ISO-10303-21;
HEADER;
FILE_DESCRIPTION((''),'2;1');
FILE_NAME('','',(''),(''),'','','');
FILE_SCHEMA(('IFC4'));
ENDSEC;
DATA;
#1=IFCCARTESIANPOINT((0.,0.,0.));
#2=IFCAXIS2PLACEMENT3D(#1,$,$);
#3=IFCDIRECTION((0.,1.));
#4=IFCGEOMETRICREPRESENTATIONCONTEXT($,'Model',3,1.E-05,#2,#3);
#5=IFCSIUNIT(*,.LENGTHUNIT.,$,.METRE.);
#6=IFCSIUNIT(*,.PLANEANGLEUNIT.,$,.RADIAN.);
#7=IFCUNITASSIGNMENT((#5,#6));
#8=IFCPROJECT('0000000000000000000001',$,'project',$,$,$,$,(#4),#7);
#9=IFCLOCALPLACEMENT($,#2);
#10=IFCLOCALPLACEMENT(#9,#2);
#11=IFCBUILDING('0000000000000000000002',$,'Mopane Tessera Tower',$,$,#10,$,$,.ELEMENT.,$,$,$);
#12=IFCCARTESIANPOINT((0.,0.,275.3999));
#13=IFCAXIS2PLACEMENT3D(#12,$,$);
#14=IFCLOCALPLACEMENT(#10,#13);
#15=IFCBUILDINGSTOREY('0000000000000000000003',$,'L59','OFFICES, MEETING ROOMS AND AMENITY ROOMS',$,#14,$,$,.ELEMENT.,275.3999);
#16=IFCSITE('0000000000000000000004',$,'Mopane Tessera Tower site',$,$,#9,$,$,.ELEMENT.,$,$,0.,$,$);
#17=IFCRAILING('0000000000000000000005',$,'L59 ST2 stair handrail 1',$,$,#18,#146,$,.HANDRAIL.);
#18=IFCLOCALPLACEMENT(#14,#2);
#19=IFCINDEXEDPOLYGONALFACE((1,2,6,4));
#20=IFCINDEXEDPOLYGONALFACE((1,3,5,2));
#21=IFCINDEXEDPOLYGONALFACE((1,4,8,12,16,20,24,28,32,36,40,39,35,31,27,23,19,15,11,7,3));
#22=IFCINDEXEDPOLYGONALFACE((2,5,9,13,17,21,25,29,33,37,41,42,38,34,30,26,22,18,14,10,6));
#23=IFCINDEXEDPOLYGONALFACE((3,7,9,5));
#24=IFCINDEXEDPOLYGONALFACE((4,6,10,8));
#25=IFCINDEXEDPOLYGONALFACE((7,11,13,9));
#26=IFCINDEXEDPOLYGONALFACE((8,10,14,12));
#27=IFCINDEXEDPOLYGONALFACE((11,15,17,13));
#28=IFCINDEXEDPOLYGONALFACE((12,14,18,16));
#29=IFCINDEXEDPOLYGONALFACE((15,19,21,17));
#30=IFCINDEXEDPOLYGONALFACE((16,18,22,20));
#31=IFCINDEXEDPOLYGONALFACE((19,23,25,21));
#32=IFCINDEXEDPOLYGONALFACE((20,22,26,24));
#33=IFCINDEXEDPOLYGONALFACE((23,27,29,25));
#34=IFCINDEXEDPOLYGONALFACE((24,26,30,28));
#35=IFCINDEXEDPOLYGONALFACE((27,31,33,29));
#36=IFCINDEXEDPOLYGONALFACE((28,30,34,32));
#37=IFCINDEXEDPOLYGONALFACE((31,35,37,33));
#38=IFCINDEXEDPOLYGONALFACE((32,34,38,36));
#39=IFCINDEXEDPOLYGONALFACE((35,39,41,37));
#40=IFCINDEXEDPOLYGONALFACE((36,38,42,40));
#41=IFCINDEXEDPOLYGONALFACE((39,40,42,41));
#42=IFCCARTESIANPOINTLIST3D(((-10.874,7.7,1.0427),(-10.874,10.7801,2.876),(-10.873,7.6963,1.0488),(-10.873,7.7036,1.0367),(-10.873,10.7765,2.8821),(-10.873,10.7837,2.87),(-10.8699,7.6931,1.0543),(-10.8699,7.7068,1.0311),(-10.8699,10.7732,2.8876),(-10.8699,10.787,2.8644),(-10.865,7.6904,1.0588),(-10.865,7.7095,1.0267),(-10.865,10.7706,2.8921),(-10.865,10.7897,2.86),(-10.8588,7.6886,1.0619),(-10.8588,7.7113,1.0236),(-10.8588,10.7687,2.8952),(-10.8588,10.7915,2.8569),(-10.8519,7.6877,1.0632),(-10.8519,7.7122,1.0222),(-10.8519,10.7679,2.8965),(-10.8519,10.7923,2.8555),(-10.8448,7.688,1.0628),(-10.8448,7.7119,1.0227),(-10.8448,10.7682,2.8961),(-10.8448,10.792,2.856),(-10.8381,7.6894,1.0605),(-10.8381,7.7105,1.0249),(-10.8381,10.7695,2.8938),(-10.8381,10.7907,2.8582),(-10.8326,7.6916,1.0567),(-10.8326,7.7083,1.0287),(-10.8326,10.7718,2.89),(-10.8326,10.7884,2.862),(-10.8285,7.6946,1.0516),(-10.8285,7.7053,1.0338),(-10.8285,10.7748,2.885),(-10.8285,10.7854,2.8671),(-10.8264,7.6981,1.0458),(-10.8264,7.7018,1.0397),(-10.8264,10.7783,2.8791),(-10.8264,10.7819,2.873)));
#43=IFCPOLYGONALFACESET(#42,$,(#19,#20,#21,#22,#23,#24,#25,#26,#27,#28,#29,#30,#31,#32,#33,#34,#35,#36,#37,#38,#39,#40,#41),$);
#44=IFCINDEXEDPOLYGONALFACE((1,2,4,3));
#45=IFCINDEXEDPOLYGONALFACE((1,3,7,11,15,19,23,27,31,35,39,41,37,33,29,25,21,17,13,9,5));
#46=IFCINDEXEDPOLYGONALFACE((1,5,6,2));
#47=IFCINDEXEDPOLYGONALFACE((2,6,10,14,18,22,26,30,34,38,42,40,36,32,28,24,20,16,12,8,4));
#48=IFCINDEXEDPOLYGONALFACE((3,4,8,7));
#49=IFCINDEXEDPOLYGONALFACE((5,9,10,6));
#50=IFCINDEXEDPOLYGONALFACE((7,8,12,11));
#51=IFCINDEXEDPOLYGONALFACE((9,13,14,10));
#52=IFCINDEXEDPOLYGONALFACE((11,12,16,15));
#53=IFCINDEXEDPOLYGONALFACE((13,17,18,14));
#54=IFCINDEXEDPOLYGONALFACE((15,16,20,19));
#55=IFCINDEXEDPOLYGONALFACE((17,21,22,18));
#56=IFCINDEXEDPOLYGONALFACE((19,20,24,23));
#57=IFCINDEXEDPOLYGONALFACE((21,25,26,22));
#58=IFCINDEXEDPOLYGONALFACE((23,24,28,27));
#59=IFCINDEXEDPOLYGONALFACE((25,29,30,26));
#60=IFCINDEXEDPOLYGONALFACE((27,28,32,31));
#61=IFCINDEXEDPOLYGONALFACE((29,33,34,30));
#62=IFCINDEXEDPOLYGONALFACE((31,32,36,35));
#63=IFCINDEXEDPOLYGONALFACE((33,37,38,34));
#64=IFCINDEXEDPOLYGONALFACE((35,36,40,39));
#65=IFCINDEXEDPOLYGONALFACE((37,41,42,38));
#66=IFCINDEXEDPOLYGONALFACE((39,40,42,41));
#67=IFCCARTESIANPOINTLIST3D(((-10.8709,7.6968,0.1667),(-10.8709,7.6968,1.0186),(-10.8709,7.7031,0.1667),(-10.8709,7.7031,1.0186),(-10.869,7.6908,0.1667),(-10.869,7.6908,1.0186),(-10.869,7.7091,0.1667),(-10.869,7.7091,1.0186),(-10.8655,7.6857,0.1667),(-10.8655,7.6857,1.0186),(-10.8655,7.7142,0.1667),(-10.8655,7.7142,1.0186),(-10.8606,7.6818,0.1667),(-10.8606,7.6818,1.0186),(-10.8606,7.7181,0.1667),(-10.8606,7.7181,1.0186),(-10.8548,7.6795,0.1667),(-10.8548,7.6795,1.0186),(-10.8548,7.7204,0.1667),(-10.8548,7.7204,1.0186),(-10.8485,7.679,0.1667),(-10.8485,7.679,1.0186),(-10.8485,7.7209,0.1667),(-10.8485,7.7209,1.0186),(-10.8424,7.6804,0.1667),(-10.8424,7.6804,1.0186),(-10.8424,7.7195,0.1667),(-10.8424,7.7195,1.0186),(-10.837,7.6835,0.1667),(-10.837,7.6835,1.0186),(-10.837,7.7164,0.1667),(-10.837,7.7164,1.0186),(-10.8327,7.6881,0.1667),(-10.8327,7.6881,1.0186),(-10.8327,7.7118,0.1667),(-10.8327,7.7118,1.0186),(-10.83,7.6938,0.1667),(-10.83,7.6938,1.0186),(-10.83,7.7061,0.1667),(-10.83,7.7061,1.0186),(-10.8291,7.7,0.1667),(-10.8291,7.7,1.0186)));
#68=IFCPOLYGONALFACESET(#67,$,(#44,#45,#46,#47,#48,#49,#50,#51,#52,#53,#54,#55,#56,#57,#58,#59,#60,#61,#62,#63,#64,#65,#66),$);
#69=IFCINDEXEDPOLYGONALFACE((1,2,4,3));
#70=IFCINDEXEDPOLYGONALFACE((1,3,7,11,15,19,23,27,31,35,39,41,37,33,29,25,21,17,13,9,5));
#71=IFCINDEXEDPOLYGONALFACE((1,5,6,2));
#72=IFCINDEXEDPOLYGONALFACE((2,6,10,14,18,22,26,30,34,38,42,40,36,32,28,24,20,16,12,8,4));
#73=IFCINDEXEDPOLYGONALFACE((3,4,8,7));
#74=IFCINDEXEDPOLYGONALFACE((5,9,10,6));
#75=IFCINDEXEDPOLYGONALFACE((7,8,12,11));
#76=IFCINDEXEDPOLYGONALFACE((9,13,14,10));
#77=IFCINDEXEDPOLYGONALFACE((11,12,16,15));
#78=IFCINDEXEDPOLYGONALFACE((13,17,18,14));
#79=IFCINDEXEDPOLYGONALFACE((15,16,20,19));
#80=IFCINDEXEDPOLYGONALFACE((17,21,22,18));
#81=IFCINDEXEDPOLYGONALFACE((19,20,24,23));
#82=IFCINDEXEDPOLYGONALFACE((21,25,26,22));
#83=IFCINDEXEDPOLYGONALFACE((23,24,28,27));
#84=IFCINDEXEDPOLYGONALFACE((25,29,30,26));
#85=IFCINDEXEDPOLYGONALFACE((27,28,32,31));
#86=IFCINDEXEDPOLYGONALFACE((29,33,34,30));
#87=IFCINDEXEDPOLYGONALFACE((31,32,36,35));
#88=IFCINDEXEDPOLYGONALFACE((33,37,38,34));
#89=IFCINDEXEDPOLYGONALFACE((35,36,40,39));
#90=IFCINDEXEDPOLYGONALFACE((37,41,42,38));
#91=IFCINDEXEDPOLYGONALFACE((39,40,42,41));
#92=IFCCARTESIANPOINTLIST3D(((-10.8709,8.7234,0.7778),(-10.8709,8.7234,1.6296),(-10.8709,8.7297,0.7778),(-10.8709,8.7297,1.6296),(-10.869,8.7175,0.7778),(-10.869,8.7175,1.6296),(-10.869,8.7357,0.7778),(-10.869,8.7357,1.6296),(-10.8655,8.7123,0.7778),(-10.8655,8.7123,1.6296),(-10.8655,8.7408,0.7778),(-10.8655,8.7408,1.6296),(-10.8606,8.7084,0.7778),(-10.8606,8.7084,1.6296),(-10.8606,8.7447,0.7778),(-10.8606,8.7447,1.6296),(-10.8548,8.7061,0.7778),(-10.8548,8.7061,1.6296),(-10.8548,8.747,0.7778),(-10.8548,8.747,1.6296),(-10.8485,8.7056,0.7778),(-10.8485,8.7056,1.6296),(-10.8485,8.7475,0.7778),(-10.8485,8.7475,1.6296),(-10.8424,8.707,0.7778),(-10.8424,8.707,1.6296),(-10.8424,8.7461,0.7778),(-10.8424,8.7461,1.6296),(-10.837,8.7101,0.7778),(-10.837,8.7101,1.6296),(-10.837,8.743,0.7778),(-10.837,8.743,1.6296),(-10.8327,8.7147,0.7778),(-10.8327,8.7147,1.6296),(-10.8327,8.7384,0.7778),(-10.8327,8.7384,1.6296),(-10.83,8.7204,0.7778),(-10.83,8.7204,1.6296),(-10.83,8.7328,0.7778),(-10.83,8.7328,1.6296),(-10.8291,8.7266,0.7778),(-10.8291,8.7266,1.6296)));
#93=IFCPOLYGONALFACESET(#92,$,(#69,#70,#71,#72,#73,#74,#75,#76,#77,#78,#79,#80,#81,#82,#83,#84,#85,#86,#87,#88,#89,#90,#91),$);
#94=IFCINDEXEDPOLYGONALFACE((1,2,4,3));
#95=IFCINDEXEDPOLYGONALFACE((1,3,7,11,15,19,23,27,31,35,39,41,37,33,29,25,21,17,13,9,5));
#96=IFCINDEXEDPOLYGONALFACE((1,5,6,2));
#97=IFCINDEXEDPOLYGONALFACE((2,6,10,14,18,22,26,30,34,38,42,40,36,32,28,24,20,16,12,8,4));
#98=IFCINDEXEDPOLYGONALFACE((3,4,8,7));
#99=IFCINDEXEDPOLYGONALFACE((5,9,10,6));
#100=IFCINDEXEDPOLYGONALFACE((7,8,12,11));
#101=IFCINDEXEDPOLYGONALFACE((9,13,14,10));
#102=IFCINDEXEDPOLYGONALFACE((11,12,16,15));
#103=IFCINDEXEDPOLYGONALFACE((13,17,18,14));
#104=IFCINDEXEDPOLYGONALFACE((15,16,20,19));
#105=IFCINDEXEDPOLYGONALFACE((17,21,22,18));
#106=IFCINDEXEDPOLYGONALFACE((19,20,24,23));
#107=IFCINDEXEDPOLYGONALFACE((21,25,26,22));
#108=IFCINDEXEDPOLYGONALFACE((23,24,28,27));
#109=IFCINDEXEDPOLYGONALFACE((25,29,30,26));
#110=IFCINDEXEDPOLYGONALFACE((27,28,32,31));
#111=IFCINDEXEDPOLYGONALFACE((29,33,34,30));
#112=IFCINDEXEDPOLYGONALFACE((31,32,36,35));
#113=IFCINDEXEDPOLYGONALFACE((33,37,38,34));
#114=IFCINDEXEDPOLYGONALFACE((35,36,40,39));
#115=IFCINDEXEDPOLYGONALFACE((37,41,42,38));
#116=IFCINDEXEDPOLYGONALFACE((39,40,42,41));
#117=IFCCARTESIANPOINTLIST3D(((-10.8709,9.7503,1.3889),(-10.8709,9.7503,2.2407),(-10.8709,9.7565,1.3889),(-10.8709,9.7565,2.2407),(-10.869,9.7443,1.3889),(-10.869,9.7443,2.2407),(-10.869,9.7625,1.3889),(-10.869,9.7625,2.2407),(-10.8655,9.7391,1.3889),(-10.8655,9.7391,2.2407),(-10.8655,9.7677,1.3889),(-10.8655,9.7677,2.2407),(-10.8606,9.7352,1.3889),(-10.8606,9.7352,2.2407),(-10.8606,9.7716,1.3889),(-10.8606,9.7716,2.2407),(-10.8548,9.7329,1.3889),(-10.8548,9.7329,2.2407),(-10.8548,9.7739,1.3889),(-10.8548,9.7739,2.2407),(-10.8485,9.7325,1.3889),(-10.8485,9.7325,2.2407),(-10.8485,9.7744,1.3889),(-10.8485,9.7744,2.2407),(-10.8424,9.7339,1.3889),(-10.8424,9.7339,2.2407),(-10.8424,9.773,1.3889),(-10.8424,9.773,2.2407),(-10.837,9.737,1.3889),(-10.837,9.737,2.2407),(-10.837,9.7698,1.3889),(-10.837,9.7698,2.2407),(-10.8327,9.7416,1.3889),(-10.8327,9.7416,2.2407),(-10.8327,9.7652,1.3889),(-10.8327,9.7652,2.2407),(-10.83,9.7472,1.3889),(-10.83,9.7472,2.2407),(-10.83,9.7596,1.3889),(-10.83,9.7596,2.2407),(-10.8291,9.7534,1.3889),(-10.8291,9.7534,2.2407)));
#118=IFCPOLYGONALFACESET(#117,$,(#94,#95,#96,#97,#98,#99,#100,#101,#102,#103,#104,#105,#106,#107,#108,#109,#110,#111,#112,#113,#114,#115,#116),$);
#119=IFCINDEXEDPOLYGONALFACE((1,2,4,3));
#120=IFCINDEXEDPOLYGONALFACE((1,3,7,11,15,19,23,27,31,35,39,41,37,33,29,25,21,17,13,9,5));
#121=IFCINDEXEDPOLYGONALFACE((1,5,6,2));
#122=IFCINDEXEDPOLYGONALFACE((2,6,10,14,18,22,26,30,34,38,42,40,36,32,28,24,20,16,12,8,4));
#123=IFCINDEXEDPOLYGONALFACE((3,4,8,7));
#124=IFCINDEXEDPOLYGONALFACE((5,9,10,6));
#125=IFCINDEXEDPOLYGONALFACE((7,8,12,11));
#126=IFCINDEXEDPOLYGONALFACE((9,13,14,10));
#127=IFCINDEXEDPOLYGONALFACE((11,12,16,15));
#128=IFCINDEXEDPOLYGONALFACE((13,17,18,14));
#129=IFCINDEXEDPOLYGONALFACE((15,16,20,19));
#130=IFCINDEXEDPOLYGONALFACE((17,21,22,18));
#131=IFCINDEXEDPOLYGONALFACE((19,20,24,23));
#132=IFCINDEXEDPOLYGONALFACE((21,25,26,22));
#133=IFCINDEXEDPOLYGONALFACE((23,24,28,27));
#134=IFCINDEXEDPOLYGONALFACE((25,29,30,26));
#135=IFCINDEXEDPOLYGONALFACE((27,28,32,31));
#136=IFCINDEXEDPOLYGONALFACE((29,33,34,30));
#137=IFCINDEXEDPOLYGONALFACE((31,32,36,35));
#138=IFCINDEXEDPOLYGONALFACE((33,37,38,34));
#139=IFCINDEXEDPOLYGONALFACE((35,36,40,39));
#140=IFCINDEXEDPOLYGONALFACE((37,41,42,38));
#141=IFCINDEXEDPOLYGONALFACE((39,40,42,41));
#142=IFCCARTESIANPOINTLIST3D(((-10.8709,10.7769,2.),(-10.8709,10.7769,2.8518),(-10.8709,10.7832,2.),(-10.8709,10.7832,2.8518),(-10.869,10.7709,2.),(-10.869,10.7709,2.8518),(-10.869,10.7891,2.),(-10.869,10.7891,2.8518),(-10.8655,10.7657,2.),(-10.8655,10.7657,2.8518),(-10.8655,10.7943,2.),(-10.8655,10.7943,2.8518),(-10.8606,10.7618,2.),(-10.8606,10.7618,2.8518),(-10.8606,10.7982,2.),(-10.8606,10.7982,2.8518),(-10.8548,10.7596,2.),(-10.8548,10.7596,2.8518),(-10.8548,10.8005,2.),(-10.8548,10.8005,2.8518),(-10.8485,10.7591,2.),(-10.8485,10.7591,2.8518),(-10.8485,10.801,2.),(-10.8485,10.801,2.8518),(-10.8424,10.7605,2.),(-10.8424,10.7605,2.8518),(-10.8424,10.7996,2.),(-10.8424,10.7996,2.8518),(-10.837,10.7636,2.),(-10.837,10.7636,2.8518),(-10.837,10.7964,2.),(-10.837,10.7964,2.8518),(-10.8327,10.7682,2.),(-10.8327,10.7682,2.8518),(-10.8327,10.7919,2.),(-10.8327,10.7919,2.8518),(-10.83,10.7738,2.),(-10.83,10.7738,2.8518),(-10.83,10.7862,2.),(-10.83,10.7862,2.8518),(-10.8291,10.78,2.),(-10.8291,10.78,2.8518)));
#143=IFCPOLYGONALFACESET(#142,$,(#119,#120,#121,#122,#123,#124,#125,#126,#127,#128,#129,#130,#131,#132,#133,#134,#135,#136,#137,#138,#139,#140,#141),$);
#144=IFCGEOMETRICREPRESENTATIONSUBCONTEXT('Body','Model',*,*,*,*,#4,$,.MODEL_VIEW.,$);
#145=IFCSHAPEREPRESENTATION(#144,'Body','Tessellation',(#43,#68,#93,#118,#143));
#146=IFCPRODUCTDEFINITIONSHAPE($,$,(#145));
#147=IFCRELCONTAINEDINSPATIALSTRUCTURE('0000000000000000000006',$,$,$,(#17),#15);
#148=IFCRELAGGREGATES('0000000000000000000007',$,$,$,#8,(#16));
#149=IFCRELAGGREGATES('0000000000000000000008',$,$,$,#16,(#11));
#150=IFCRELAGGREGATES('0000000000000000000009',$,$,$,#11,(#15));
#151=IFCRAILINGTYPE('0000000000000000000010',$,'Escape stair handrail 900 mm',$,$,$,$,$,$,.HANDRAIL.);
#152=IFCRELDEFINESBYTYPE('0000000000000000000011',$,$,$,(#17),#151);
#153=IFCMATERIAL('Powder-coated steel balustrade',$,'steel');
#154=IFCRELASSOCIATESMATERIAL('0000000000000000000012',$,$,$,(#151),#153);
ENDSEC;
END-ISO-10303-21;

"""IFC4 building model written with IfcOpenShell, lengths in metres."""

from ifc_helpers import new_model, si_unit, direction, frame, origin, origin_2d, place, context, subcontext, project, spatial, circle, extrude, material, type_object, element, save


model = new_model("IFC4")

# Units and contexts
model_context = context("Model", 3, precision=1e-05, world=origin(), true_north=direction((0.0, 1.0)))
body_context = subcontext(model_context, "Body", "Model", "MODEL_VIEW")
ifc_project = project(units=[si_unit("LENGTHUNIT", "METRE"), si_unit("PLANEANGLEUNIT", "RADIAN")], contexts=[model_context])

# Site, building, storey
site_placement = place(None, origin())
site = spatial("IfcSite", under=ifc_project, at=site_placement, Name="Mopane Tessera Tower site", CompositionType="ELEMENT", RefElevation=0.0)
building_placement = place(site_placement, origin())
building = spatial("IfcBuilding", under=site, at=building_placement, Name="Mopane Tessera Tower", CompositionType="ELEMENT")
storey_placement = place(building_placement, frame((0.0, 0.0, 275.3999)))
storey = spatial("IfcBuildingStorey", under=building, at=storey_placement, Name="L59", Description="OFFICES, MEETING ROOMS AND AMENITY ROOMS", CompositionType="ELEMENT", Elevation=275.3999)

# Railing
ifc_material_1 = material(Name="Powder-coated steel balustrade", Category="steel")
railing_type_1 = type_object("IfcRailingType", Name="Escape stair handrail 900 mm", PredefinedType="HANDRAIL", material=ifc_material_1)
railing_1_placement = place(storey_placement, frame((-10.8501, 7.7, 0.1667)))
element("IfcRailing", 1, at=railing_1_placement, inside=storey, type_object=railing_type_1, Name="L59 ST2 stair handrail 1", PredefinedType="HANDRAIL", context=body_context, shape_type="SweptSolid", body=[
    extrude(circle(Radius=0.0239, at=origin_2d()), frame((0.0, 0.0, 0.876), z_axis=(0.0, 0.859309, 0.511458), x_axis=(-1.0, 0.0, 0.0)), (0.0, 0.0, 1.0), 3.5845),
    extrude(circle(Radius=0.021, at=origin_2d()), origin(), (0.0, 0.0, 1.0), 0.8518),
    extrude(circle(Radius=0.021, at=origin_2d()), frame((0.0, 1.0266, 0.6111)), (0.0, 0.0, 1.0), 0.8518),
    extrude(circle(Radius=0.021, at=origin_2d()), frame((0.0, 2.0535, 1.2222)), (0.0, 0.0, 1.0), 0.8518),
    extrude(circle(Radius=0.021, at=origin_2d()), frame((0.0, 3.0801, 1.8333)), (0.0, 0.0, 1.0), 0.8518),
])

save(model, "model.ifc")
